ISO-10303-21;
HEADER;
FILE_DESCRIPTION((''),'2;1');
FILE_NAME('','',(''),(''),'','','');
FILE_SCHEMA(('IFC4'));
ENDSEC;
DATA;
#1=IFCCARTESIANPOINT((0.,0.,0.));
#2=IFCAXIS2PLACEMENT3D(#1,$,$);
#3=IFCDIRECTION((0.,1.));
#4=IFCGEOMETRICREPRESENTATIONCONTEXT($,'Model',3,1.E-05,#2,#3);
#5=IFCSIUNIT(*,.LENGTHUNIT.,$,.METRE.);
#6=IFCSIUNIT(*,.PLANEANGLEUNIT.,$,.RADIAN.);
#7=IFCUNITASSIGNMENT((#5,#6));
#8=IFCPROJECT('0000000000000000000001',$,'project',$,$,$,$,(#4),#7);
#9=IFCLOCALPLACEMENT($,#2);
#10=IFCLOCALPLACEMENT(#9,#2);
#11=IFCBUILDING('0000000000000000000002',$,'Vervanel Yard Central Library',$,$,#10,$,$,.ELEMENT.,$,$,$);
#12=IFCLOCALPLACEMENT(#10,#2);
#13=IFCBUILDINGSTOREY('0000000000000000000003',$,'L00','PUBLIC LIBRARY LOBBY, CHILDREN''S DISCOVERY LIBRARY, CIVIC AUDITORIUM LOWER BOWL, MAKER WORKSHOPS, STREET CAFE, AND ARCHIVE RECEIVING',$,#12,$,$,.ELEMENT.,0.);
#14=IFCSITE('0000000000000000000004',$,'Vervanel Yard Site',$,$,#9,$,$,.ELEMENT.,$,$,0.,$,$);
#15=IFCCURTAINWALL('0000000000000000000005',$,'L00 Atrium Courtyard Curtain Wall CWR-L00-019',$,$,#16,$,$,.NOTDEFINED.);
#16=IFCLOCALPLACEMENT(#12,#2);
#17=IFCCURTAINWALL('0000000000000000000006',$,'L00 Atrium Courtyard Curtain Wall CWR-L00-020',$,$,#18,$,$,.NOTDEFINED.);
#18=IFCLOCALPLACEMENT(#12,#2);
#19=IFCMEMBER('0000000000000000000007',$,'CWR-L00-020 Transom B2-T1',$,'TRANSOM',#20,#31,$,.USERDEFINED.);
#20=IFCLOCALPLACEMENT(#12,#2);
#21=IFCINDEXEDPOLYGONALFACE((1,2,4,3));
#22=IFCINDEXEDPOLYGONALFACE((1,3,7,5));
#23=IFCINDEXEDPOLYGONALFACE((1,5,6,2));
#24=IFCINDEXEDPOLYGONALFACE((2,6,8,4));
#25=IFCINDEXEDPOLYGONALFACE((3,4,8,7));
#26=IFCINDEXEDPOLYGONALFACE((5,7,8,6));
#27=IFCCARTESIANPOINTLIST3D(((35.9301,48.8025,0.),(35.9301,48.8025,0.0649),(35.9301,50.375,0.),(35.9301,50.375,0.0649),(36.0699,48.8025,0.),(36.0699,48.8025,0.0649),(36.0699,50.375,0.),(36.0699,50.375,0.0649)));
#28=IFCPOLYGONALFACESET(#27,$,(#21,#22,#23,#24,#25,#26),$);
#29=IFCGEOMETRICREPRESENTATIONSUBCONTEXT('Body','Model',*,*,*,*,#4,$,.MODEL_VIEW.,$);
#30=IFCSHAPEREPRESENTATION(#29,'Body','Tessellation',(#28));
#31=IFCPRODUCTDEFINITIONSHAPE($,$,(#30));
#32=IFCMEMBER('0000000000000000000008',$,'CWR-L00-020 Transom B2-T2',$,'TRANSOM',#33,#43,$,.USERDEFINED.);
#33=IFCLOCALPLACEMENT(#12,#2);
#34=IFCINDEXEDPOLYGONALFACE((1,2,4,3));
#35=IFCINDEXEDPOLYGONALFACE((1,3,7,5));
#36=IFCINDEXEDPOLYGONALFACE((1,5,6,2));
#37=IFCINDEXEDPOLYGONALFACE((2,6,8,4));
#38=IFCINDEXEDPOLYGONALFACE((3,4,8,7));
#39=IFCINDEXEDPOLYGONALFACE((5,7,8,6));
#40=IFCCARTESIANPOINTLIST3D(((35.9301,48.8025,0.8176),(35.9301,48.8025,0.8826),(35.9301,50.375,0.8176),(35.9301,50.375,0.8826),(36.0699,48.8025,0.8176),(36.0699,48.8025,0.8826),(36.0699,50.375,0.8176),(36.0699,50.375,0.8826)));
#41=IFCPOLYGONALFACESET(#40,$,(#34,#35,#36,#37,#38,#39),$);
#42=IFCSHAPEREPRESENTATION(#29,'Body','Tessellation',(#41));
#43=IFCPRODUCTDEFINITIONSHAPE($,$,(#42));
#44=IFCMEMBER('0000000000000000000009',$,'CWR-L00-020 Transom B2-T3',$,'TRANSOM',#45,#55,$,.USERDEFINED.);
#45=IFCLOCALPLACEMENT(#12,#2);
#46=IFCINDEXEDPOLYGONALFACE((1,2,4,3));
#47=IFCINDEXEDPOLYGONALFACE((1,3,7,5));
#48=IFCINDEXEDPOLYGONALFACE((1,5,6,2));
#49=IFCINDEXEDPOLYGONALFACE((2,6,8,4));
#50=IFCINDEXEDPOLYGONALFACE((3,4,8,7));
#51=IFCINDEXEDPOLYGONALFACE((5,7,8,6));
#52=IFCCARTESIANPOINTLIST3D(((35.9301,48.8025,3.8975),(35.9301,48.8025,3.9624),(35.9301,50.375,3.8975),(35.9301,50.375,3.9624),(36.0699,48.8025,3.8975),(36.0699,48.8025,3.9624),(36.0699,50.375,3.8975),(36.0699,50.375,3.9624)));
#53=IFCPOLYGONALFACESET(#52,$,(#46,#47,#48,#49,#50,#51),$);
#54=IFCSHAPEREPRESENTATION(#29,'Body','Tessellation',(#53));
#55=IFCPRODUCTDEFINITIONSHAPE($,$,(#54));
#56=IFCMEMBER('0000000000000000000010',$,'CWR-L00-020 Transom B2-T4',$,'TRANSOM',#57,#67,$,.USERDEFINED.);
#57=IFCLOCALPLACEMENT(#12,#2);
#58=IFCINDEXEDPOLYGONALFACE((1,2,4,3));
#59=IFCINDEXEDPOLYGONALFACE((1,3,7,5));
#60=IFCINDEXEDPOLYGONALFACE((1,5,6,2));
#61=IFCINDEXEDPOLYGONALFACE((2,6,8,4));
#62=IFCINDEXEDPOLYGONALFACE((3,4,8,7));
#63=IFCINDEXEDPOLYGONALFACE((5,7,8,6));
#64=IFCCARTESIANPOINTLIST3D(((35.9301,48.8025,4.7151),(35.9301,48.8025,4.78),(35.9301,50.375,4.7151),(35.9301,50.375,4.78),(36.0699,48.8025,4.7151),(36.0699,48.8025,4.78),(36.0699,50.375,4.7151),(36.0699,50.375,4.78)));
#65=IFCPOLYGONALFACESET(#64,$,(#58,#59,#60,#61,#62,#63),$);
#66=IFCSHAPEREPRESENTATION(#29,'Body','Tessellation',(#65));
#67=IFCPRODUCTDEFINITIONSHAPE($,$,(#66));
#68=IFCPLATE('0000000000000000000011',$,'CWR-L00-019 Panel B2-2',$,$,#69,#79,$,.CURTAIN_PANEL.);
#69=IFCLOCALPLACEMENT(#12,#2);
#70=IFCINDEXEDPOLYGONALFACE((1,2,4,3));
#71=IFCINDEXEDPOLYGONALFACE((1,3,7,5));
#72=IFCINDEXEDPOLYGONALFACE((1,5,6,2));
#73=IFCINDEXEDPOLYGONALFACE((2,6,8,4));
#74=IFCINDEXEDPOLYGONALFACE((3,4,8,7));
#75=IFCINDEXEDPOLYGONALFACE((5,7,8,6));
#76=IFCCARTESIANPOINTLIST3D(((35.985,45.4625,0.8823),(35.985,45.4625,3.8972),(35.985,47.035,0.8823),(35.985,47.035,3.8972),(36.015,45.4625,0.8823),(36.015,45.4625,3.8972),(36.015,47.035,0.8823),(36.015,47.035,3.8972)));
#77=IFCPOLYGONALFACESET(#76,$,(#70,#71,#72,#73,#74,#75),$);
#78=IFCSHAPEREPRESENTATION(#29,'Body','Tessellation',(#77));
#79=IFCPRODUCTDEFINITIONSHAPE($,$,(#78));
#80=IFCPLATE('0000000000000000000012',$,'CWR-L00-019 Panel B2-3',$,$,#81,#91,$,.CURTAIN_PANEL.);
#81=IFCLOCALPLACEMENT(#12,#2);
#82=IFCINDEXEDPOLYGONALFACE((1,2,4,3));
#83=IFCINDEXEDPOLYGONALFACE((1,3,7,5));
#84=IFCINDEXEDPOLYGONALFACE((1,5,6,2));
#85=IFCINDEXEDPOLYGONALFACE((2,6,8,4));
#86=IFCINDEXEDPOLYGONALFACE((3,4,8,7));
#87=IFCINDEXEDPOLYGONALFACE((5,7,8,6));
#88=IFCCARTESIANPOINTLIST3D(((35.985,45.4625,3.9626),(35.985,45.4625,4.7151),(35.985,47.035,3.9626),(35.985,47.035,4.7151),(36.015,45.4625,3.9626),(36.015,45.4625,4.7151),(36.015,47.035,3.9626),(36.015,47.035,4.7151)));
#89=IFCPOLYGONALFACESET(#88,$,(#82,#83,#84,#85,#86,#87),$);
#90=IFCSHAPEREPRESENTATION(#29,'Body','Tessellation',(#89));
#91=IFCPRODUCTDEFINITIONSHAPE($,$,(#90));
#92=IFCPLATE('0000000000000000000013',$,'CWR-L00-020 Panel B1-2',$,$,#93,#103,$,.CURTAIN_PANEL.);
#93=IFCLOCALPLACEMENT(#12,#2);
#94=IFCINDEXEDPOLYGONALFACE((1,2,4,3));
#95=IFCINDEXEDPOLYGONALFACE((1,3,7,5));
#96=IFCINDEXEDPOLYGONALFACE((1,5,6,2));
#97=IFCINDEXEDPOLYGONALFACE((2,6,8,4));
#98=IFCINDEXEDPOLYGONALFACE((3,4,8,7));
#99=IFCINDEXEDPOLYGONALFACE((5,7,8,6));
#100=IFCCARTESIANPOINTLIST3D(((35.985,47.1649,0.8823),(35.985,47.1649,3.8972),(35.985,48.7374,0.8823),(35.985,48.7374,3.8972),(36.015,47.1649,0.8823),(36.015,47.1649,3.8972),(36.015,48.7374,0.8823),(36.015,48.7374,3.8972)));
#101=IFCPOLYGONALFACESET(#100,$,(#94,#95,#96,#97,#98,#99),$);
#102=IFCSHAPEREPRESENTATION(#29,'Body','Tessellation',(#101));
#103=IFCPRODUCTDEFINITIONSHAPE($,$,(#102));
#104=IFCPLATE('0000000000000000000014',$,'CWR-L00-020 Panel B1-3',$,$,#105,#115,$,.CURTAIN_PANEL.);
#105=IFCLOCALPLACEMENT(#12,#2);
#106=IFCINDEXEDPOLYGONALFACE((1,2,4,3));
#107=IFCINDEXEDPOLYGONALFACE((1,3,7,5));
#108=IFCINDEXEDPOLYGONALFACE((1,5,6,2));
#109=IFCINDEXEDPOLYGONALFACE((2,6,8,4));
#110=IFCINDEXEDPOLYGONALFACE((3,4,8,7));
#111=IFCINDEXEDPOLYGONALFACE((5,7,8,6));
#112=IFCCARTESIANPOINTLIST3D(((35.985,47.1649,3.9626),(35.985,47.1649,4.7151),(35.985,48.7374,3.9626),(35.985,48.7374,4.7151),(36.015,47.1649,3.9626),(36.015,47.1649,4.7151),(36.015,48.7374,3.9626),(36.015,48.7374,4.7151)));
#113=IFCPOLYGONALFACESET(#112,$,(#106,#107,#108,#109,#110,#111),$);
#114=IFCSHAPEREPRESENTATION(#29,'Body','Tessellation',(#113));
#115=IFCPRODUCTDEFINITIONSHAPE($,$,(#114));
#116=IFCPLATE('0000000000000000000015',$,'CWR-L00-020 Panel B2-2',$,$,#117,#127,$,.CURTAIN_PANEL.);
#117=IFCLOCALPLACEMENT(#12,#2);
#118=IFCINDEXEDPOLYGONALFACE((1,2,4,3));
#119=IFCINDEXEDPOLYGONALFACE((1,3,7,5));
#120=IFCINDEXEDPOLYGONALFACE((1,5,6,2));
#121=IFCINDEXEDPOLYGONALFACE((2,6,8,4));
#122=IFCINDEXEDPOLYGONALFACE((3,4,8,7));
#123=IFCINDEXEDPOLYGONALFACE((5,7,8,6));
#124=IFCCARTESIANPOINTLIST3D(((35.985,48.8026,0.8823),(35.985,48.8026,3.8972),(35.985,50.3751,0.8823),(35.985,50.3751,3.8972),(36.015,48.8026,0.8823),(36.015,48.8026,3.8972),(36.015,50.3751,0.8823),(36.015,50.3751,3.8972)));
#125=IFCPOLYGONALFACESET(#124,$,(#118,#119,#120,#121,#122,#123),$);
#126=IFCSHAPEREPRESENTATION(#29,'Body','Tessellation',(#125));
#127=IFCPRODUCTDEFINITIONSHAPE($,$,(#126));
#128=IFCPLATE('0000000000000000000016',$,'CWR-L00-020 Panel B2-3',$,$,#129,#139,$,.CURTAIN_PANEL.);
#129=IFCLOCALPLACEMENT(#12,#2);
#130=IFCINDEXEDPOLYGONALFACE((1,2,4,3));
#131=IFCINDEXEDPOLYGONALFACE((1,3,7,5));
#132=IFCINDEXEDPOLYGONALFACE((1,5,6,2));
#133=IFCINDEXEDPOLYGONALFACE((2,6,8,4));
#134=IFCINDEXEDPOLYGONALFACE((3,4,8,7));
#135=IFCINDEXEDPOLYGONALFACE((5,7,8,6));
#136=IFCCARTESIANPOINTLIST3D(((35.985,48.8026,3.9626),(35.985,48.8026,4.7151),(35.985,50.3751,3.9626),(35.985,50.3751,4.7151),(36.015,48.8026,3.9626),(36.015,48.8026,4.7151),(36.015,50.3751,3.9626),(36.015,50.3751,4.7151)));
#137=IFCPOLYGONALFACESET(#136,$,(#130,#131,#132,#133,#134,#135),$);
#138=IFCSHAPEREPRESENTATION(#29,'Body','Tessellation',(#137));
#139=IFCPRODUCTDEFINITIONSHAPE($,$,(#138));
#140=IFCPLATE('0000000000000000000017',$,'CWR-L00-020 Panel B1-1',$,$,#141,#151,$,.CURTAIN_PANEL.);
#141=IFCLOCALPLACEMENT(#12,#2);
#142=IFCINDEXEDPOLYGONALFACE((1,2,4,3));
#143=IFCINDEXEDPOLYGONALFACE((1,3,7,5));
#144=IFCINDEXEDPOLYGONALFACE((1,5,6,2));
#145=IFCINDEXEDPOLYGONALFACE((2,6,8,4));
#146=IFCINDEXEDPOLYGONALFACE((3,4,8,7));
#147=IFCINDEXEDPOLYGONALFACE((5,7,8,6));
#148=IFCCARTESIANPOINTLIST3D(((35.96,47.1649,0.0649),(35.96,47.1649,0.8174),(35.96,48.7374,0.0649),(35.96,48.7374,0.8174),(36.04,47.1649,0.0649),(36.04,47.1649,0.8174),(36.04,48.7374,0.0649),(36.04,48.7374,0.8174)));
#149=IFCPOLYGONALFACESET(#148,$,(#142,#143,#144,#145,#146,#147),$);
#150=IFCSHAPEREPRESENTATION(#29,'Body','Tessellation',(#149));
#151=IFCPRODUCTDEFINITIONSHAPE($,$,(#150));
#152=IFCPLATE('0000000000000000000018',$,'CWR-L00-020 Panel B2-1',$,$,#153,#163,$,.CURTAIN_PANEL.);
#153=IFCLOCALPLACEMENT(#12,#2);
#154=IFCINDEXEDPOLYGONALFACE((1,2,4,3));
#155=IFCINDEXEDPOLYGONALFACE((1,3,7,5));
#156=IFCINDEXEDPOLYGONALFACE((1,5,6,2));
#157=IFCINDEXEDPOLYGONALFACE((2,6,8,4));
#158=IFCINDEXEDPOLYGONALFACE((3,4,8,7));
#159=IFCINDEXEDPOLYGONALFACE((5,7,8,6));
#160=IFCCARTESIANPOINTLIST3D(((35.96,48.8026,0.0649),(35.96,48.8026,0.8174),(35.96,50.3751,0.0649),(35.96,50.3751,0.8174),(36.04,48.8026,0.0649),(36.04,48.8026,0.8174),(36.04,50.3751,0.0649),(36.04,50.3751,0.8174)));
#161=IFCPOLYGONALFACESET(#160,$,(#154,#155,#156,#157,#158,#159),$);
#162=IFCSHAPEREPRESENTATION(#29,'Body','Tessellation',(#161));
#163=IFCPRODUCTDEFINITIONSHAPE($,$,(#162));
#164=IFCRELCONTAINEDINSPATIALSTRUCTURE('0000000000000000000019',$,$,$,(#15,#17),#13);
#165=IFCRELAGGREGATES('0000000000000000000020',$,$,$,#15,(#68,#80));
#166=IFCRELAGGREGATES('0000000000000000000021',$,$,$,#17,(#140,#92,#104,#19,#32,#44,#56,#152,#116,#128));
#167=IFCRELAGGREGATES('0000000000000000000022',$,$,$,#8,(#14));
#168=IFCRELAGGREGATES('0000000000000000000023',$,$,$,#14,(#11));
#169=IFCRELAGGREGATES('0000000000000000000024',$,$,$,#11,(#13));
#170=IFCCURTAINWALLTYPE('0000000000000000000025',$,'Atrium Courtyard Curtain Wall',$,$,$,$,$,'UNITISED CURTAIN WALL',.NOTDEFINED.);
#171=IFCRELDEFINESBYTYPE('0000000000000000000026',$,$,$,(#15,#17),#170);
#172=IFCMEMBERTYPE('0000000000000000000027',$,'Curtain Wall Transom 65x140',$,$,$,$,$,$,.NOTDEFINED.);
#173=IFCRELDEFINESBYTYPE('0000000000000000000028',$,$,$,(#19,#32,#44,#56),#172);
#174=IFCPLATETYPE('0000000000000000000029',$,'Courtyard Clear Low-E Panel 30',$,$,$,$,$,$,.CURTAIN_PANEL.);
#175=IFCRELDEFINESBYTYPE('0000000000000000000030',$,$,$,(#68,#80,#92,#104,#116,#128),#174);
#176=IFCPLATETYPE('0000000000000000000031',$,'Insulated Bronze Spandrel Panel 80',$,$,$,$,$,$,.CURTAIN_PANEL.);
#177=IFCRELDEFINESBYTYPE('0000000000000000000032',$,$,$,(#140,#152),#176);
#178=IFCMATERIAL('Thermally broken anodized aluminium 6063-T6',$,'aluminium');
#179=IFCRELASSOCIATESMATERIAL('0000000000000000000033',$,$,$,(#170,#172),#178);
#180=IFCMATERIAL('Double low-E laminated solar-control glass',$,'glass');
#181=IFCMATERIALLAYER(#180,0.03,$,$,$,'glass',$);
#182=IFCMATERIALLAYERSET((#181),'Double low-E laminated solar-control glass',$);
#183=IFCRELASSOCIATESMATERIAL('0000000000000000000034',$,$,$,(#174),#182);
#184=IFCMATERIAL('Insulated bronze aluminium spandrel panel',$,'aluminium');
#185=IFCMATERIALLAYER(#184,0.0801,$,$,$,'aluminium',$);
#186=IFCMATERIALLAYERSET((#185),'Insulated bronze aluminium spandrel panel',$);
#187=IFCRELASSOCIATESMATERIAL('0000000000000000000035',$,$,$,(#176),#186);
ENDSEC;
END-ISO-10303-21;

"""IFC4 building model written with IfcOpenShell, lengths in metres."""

from ifc_helpers import new_model, si_unit, direction, frame, origin, origin_2d, place, context, subcontext, project, spatial, rectangle, extrude, material, layer, layer_set, material_profile, profile_set, type_object, element, aggregate, save


model = new_model("IFC4")

# Units and contexts
model_context = context("Model", 3, precision=1e-05, world=origin(), true_north=direction((0.0, 1.0)))
body_context = subcontext(model_context, "Body", "Model", "MODEL_VIEW")
ifc_project = project(units=[si_unit("LENGTHUNIT", "METRE"), si_unit("PLANEANGLEUNIT", "RADIAN")], contexts=[model_context])

# Site, building, storey
site_placement = place(None, origin())
site = spatial("IfcSite", under=ifc_project, at=site_placement, Name="Vervanel Yard Site", CompositionType="ELEMENT", RefElevation=0.0)
building_placement = place(site_placement, origin())
building = spatial("IfcBuilding", under=site, at=building_placement, Name="Vervanel Yard Central Library", CompositionType="ELEMENT")
storey_placement = place(building_placement, origin())
storey = spatial("IfcBuildingStorey", under=building, at=storey_placement, Name="L00", Description="PUBLIC LIBRARY LOBBY, CHILDREN'S DISCOVERY LIBRARY, CIVIC AUDITORIUM LOWER BOWL, MAKER WORKSHOPS, STREET CAFE, AND ARCHIVE RECEIVING", CompositionType="ELEMENT", Elevation=0.0)

# Curtain wall
ifc_material_1 = material(Name="Thermally broken anodized aluminium 6063-T6", Category="aluminium")
curtain_wall_type = type_object("IfcCurtainWallType", Name="Atrium Courtyard Curtain Wall", ElementType="UNITISED CURTAIN WALL", PredefinedType="NOTDEFINED", material=ifc_material_1)
curtain_wall_1_placement = place(storey_placement, origin())
curtain_wall_1 = element("IfcCurtainWall", 1, at=curtain_wall_1_placement, inside=storey, type_object=curtain_wall_type, Name="L00 Atrium Courtyard Curtain Wall CWR-L00-019", PredefinedType="NOTDEFINED")

# Curtain wall, members
curtain_wall_2_placement = place(storey_placement, origin())
curtain_wall_2 = element("IfcCurtainWall", 2, at=curtain_wall_2_placement, inside=storey, type_object=curtain_wall_type, Name="L00 Atrium Courtyard Curtain Wall CWR-L00-020", PredefinedType="NOTDEFINED")
ifc_material_profile_1 = material_profile(ifc_material_1, rectangle(XDim=0.0649, YDim=0.1399, at=origin_2d()), Name="ALU 65x140", Category="aluminium")
ifc_profile_set_1 = profile_set([ifc_material_profile_1], Name="Thermally broken anodized aluminium 6063-T6")
member_type_1 = type_object("IfcMemberType", Name="Curtain Wall Transom 65x140", PredefinedType="NOTDEFINED", material=ifc_profile_set_1)
member_1_placement = place(storey_placement, frame((36.0, 48.8025, 0.0325), z_axis=(0.0, 1.0, 0.0), x_axis=(0.0, 0.0, 1.0)))
member_1 = element("IfcMember", 3, at=member_1_placement, type_object=member_type_1, Name="CWR-L00-020 Transom B2-T1", ObjectType="TRANSOM", PredefinedType="USERDEFINED", context=body_context, shape_type="SweptSolid", body=[
    extrude(rectangle(XDim=0.0649, YDim=0.1399, at=origin_2d()), origin(), (0.0, 0.0, 1.0), 1.5725),
])
member_2_placement = place(storey_placement, frame((36.0, 48.8025, 0.8501), z_axis=(0.0, 1.0, 0.0), x_axis=(0.0, 0.0, 1.0)))
member_2 = element("IfcMember", 4, at=member_2_placement, type_object=member_type_1, Name="CWR-L00-020 Transom B2-T2", ObjectType="TRANSOM", PredefinedType="USERDEFINED", context=body_context, shape_type="SweptSolid", body=[
    extrude(rectangle(XDim=0.0649, YDim=0.1399, at=origin_2d()), origin(), (0.0, 0.0, 1.0), 1.5725),
])
member_3_placement = place(storey_placement, frame((36.0, 48.8025, 3.9299), z_axis=(0.0, 1.0, 0.0), x_axis=(0.0, 0.0, 1.0)))
member_3 = element("IfcMember", 5, at=member_3_placement, type_object=member_type_1, Name="CWR-L00-020 Transom B2-T3", ObjectType="TRANSOM", PredefinedType="USERDEFINED", context=body_context, shape_type="SweptSolid", body=[
    extrude(rectangle(XDim=0.0649, YDim=0.1399, at=origin_2d()), origin(), (0.0, 0.0, 1.0), 1.5725),
])
member_4_placement = place(storey_placement, frame((36.0, 48.8025, 4.7476), z_axis=(0.0, 1.0, 0.0), x_axis=(0.0, 0.0, 1.0)))
member_4 = element("IfcMember", 6, at=member_4_placement, type_object=member_type_1, Name="CWR-L00-020 Transom B2-T4", ObjectType="TRANSOM", PredefinedType="USERDEFINED", context=body_context, shape_type="SweptSolid", body=[
    extrude(rectangle(XDim=0.0649, YDim=0.1399, at=origin_2d()), origin(), (0.0, 0.0, 1.0), 1.5725),
])

# Plates
ifc_material_2 = material(Name="Double low-E laminated solar-control glass", Category="glass")
ifc_layer_1 = layer(ifc_material_2, 0.03, Category="glass")
ifc_layer_set_1 = layer_set([ifc_layer_1], Name="Double low-E laminated solar-control glass")
plate_type_1 = type_object("IfcPlateType", Name="Courtyard Clear Low-E Panel 30", PredefinedType="CURTAIN_PANEL", material=ifc_layer_set_1)
plate_1_placement = place(storey_placement, frame((36.0, 46.2488, 0.8823), z_axis=(0.0, 0.0, 1.0), x_axis=(0.0, 1.0, 0.0)))
plate_1 = element("IfcPlate", 7, at=plate_1_placement, type_object=plate_type_1, Name="CWR-L00-019 Panel B2-2", PredefinedType="CURTAIN_PANEL", context=body_context, shape_type="SweptSolid", body=[
    extrude(rectangle(XDim=1.5725, YDim=0.03, at=origin_2d()), origin(), (0.0, 0.0, 1.0), 3.0149),
])
plate_2_placement = place(storey_placement, frame((36.0, 46.2488, 3.9626), z_axis=(0.0, 0.0, 1.0), x_axis=(0.0, 1.0, 0.0)))
plate_2 = element("IfcPlate", 8, at=plate_2_placement, type_object=plate_type_1, Name="CWR-L00-019 Panel B2-3", PredefinedType="CURTAIN_PANEL", context=body_context, shape_type="SweptSolid", body=[
    extrude(rectangle(XDim=1.5725, YDim=0.03, at=origin_2d()), origin(), (0.0, 0.0, 1.0), 0.7524),
])
aggregate(curtain_wall_1, [plate_1, plate_2])
plate_3_placement = place(storey_placement, frame((36.0, 47.9512, 0.8823), z_axis=(0.0, 0.0, 1.0), x_axis=(0.0, 1.0, 0.0)))
plate_3 = element("IfcPlate", 9, at=plate_3_placement, type_object=plate_type_1, Name="CWR-L00-020 Panel B1-2", PredefinedType="CURTAIN_PANEL", context=body_context, shape_type="SweptSolid", body=[
    extrude(rectangle(XDim=1.5725, YDim=0.03, at=origin_2d()), origin(), (0.0, 0.0, 1.0), 3.0149),
])
plate_4_placement = place(storey_placement, frame((36.0, 47.9512, 3.9626), z_axis=(0.0, 0.0, 1.0), x_axis=(0.0, 1.0, 0.0)))
plate_4 = element("IfcPlate", 10, at=plate_4_placement, type_object=plate_type_1, Name="CWR-L00-020 Panel B1-3", PredefinedType="CURTAIN_PANEL", context=body_context, shape_type="SweptSolid", body=[
    extrude(rectangle(XDim=1.5725, YDim=0.03, at=origin_2d()), origin(), (0.0, 0.0, 1.0), 0.7524),
])
plate_5_placement = place(storey_placement, frame((36.0, 49.5889, 0.8823), z_axis=(0.0, 0.0, 1.0), x_axis=(0.0, 1.0, 0.0)))
plate_5 = element("IfcPlate", 11, at=plate_5_placement, type_object=plate_type_1, Name="CWR-L00-020 Panel B2-2", PredefinedType="CURTAIN_PANEL", context=body_context, shape_type="SweptSolid", body=[
    extrude(rectangle(XDim=1.5725, YDim=0.03, at=origin_2d()), origin(), (0.0, 0.0, 1.0), 3.0149),
])
plate_6_placement = place(storey_placement, frame((36.0, 49.5889, 3.9626), z_axis=(0.0, 0.0, 1.0), x_axis=(0.0, 1.0, 0.0)))
plate_6 = element("IfcPlate", 12, at=plate_6_placement, type_object=plate_type_1, Name="CWR-L00-020 Panel B2-3", PredefinedType="CURTAIN_PANEL", context=body_context, shape_type="SweptSolid", body=[
    extrude(rectangle(XDim=1.5725, YDim=0.03, at=origin_2d()), origin(), (0.0, 0.0, 1.0), 0.7524),
])
ifc_material_3 = material(Name="Insulated bronze aluminium spandrel panel", Category="aluminium")
ifc_layer_2 = layer(ifc_material_3, 0.0801, Category="aluminium")
ifc_layer_set_2 = layer_set([ifc_layer_2], Name="Insulated bronze aluminium spandrel panel")
plate_type_2 = type_object("IfcPlateType", Name="Insulated Bronze Spandrel Panel 80", PredefinedType="CURTAIN_PANEL", material=ifc_layer_set_2)
plate_7_placement = place(storey_placement, frame((36.0, 47.9512, 0.0649), z_axis=(0.0, 0.0, 1.0), x_axis=(0.0, 1.0, 0.0)))
plate_7 = element("IfcPlate", 13, at=plate_7_placement, type_object=plate_type_2, Name="CWR-L00-020 Panel B1-1", PredefinedType="CURTAIN_PANEL", context=body_context, shape_type="SweptSolid", body=[
    extrude(rectangle(XDim=1.5725, YDim=0.0801, at=origin_2d()), origin(), (0.0, 0.0, 1.0), 0.7524),
])
plate_8_placement = place(storey_placement, frame((36.0, 49.5889, 0.0649), z_axis=(0.0, 0.0, 1.0), x_axis=(0.0, 1.0, 0.0)))
plate_8 = element("IfcPlate", 14, at=plate_8_placement, type_object=plate_type_2, Name="CWR-L00-020 Panel B2-1", PredefinedType="CURTAIN_PANEL", context=body_context, shape_type="SweptSolid", body=[
    extrude(rectangle(XDim=1.5725, YDim=0.0801, at=origin_2d()), origin(), (0.0, 0.0, 1.0), 0.7524),
])
aggregate(curtain_wall_2, [plate_7, plate_3, plate_4, member_1, member_2, member_3, member_4, plate_8, plate_5, plate_6])

save(model, "model.ifc")
